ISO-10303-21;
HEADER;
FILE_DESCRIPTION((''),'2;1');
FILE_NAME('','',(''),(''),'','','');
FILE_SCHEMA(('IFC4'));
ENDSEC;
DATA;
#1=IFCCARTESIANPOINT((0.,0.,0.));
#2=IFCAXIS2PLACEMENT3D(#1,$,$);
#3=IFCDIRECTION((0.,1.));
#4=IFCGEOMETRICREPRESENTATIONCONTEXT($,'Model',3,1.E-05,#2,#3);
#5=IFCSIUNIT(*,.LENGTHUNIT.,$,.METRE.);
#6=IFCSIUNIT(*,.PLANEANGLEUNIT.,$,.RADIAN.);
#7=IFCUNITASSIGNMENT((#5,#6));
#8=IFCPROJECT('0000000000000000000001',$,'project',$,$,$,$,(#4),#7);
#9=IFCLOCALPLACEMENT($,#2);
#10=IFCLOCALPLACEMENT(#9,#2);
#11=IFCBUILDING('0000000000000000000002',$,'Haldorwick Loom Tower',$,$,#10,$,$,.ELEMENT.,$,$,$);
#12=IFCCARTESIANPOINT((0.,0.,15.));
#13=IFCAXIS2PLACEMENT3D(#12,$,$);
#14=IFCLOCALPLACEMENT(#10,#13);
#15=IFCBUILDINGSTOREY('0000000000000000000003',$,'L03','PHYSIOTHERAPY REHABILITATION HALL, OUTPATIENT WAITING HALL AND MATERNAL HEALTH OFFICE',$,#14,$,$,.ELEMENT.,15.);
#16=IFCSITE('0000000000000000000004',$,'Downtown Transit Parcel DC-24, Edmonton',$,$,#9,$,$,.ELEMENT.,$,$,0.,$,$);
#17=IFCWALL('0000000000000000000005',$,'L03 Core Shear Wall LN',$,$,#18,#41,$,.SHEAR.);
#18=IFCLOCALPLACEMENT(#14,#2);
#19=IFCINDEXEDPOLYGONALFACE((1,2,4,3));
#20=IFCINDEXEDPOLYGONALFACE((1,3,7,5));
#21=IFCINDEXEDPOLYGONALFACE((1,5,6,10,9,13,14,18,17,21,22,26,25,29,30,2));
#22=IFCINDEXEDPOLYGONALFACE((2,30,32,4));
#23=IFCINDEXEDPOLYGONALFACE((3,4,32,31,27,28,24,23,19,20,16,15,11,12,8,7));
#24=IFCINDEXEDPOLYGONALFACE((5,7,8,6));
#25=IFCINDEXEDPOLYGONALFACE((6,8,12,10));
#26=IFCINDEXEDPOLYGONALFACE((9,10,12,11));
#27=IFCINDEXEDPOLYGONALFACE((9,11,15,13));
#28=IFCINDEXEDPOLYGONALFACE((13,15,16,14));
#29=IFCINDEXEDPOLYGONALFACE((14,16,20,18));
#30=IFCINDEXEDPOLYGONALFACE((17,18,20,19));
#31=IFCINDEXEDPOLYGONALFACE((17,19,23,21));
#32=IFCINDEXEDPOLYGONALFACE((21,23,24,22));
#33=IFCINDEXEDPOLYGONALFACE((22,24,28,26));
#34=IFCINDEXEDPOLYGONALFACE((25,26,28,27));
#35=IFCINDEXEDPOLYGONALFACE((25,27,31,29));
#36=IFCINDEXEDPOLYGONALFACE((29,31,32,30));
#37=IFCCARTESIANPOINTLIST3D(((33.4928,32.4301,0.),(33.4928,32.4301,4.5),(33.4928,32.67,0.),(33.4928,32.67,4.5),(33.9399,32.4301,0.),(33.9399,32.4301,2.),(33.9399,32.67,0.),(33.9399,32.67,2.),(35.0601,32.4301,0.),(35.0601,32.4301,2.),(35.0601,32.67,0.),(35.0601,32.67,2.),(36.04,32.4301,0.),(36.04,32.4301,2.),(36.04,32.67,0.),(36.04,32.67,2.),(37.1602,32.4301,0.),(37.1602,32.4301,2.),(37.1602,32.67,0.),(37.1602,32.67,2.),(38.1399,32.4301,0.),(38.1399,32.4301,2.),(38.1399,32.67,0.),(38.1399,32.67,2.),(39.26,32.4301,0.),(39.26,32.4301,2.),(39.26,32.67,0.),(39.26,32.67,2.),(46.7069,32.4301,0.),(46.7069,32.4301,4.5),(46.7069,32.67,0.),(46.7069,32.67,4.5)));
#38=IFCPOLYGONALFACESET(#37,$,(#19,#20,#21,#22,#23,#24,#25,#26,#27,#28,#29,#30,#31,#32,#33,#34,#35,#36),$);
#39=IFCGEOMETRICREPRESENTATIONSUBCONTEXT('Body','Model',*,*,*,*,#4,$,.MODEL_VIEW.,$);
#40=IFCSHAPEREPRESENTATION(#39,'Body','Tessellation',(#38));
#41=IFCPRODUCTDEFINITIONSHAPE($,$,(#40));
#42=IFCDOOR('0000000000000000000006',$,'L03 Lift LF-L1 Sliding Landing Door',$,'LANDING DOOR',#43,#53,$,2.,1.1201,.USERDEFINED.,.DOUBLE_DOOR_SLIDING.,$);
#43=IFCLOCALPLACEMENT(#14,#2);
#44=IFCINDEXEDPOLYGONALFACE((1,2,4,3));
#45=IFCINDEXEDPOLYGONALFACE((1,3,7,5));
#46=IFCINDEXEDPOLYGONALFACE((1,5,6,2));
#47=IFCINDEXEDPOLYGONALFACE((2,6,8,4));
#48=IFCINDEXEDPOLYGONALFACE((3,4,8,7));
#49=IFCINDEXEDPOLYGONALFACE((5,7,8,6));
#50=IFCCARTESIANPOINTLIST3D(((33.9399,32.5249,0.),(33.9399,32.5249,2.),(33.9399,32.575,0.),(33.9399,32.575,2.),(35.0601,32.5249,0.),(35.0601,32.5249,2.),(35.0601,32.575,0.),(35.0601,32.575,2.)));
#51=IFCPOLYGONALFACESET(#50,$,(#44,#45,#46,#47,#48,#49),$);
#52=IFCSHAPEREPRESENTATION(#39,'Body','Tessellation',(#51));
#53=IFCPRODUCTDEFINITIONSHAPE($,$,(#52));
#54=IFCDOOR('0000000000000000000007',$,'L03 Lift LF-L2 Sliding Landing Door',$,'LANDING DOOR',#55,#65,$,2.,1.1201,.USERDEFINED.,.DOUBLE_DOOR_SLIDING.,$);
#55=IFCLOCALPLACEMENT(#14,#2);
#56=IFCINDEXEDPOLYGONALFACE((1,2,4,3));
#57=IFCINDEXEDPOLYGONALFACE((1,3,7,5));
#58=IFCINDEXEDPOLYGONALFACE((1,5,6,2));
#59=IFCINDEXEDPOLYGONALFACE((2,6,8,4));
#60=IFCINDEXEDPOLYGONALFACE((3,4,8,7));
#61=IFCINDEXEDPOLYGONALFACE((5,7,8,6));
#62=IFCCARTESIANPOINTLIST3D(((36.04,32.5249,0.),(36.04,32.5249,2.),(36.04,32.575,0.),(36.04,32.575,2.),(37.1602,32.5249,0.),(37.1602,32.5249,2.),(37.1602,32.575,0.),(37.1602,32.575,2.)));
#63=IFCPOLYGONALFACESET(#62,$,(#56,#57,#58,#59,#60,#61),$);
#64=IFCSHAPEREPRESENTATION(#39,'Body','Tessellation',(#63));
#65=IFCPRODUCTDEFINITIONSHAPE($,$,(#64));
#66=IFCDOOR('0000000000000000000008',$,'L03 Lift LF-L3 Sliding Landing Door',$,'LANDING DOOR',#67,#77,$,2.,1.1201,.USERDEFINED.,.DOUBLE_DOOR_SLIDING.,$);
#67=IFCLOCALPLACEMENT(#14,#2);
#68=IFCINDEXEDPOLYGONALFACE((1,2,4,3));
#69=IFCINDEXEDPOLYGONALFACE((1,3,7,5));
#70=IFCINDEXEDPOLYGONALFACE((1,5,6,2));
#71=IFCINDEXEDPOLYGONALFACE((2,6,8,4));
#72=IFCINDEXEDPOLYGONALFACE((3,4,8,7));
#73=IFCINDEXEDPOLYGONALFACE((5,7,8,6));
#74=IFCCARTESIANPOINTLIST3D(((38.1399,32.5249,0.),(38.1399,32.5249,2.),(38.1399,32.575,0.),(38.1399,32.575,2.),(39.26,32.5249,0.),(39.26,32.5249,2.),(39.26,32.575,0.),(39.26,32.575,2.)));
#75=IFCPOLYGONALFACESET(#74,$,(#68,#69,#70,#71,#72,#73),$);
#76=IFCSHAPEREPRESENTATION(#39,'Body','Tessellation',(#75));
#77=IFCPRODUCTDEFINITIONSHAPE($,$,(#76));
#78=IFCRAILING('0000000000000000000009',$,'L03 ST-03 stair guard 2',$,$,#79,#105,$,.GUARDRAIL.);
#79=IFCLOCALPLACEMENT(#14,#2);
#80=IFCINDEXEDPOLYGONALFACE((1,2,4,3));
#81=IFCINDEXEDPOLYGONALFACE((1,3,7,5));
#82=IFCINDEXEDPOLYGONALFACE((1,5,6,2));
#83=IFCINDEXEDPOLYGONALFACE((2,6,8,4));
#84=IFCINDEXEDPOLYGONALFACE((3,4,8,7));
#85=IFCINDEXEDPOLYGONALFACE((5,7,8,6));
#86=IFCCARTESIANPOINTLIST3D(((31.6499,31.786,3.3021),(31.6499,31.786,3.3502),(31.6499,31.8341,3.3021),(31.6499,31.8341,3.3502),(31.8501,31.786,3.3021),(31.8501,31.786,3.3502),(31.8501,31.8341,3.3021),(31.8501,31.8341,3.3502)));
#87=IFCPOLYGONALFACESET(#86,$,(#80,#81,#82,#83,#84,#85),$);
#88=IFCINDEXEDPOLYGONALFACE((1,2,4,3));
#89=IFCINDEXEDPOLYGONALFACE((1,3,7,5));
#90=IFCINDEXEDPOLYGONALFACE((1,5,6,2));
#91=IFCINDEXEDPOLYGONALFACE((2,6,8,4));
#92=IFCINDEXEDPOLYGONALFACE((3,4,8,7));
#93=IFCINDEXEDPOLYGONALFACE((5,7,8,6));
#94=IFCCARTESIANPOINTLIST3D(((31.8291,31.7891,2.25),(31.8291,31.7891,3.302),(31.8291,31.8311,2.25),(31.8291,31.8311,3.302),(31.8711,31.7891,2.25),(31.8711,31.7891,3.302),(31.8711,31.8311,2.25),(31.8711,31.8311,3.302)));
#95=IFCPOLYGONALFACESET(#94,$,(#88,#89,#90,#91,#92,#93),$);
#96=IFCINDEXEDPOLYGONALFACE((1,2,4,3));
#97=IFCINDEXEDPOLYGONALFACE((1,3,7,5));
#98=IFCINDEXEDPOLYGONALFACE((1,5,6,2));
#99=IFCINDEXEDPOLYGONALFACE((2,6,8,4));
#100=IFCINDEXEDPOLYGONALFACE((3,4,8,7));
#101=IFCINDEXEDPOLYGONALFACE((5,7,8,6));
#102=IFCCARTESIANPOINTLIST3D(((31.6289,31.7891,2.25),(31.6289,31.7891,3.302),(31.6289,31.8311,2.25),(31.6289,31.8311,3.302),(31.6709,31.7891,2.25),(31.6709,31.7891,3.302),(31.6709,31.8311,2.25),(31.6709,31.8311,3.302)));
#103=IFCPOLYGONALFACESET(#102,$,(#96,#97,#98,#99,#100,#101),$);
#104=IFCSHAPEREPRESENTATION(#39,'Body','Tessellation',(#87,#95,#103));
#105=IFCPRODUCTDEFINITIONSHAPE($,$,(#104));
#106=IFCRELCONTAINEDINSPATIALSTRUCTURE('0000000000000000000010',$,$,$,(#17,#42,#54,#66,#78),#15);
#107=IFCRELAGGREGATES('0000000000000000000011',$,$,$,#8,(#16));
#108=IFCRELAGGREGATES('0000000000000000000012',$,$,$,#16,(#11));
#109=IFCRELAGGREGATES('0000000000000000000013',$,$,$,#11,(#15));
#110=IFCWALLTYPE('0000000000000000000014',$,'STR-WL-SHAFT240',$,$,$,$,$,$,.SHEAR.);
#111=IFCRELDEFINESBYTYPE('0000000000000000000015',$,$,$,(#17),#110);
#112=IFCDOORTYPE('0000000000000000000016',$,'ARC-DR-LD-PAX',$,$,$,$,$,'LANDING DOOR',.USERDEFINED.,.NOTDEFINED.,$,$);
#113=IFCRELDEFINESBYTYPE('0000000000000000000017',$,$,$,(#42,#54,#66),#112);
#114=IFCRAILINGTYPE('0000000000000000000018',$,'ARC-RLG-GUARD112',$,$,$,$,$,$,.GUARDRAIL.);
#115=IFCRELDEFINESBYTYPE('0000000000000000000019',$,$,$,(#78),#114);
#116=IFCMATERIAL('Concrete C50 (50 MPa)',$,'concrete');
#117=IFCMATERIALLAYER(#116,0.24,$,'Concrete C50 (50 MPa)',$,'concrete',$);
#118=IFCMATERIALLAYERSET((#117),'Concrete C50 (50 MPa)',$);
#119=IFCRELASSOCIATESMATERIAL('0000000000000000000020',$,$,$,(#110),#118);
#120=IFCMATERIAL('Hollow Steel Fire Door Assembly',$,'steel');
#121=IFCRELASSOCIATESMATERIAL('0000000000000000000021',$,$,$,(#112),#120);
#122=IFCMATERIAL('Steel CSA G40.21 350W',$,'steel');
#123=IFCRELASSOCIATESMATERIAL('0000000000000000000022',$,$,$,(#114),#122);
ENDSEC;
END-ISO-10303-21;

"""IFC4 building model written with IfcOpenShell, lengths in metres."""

from ifc_helpers import new_model, si_unit, direction, frame, frame_2d, origin, origin_2d, place, context, subcontext, project, spatial, rectangle, extrude, material, layer, layer_set, type_object, element, fill, save


model = new_model("IFC4")

# Units and contexts
model_context = context("Model", 3, precision=1e-05, world=origin(), true_north=direction((0.0, 1.0)))
body_context = subcontext(model_context, "Body", "Model", "MODEL_VIEW")
ifc_project = project(units=[si_unit("LENGTHUNIT", "METRE"), si_unit("PLANEANGLEUNIT", "RADIAN")], contexts=[model_context])

# Site, building, storey
site_placement = place(None, origin())
site = spatial("IfcSite", under=ifc_project, at=site_placement, Name="Downtown Transit Parcel DC-24, Edmonton", CompositionType="ELEMENT", RefElevation=0.0)
building_placement = place(site_placement, origin())
building = spatial("IfcBuilding", under=site, at=building_placement, Name="Haldorwick Loom Tower", CompositionType="ELEMENT")
storey_placement = place(building_placement, frame((0.0, 0.0, 15.0)))
storey = spatial("IfcBuildingStorey", under=building, at=storey_placement, Name="L03", Description="PHYSIOTHERAPY REHABILITATION HALL, OUTPATIENT WAITING HALL AND MATERNAL HEALTH OFFICE", CompositionType="ELEMENT", Elevation=15.0)

# Shared definitions
ifc_material_1 = material(Name="Steel CSA G40.21 350W", Category="steel")

# Shared definitions
ifc_material_2 = material(Name="Concrete C50 (50 MPa)", Category="concrete")
ifc_layer_1 = layer(ifc_material_2, 0.24, Name="Concrete C50 (50 MPa)", Category="concrete")
ifc_layer_set_1 = layer_set([ifc_layer_1], Name="Concrete C50 (50 MPa)")
wall_type_1 = type_object("IfcWallType", Name="STR-WL-SHAFT240", PredefinedType="SHEAR", material=ifc_layer_set_1)

# Wall, openings, doors
wall_1_placement = place(storey_placement, frame((33.4929, 32.55, 0.0), z_axis=(0.0, 0.0, 1.0), x_axis=(1.0, 0.0, 0.0)))
wall_1 = element("IfcWall", 1, at=wall_1_placement, inside=storey, type_object=wall_type_1, Name="L03 Core Shear Wall LN", PredefinedType="SHEAR", context=body_context, shape_type="SweptSolid", body=[
    extrude(rectangle(XDim=13.2141, YDim=0.24, at=frame_2d((6.6069, 0.0))), origin(), (0.0, 0.0, 1.0), 4.5),
])
opening_1_placement = place(wall_1_placement, frame((0.447, 0.0, 0.0)))
opening_1 = element("IfcOpeningElement", 2, at=opening_1_placement, cuts=wall_1, PredefinedType="OPENING", context=body_context, shape_type="SweptSolid", body=[
    extrude(rectangle(XDim=1.1201, YDim=2.0, at=frame_2d((0.5601, 1.0))), frame((0.0, 0.1299, 0.0), z_axis=(0.0, -1.0, 0.0), x_axis=(1.0, 0.0, 0.0)), (0.0, 0.0, 1.0), 0.26),
])
opening_2_placement = place(wall_1_placement, frame((2.5471, 0.0, 0.0)))
opening_2 = element("IfcOpeningElement", 3, at=opening_2_placement, cuts=wall_1, PredefinedType="OPENING", context=body_context, shape_type="SweptSolid", body=[
    extrude(rectangle(XDim=1.1201, YDim=2.0, at=frame_2d((0.5601, 1.0))), frame((0.0, 0.1299, 0.0), z_axis=(0.0, -1.0, 0.0), x_axis=(1.0, 0.0, 0.0)), (0.0, 0.0, 1.0), 0.26),
])
opening_3_placement = place(wall_1_placement, frame((4.647, 0.0, 0.0)))
opening_3 = element("IfcOpeningElement", 4, at=opening_3_placement, cuts=wall_1, PredefinedType="OPENING", context=body_context, shape_type="SweptSolid", body=[
    extrude(rectangle(XDim=1.1201, YDim=2.0, at=frame_2d((0.5601, 1.0))), frame((0.0, 0.1299, 0.0), z_axis=(0.0, -1.0, 0.0), x_axis=(1.0, 0.0, 0.0)), (0.0, 0.0, 1.0), 0.26),
])
ifc_material_3 = material(Name="Hollow Steel Fire Door Assembly", Category="steel")
door_type = type_object("IfcDoorType", Name="ARC-DR-LD-PAX", ElementType="LANDING DOOR", OperationType="NOTDEFINED", PredefinedType="USERDEFINED", material=ifc_material_3)
door_1_placement = place(opening_1_placement, origin())
door_1 = element("IfcDoor", 5, at=door_1_placement, inside=storey, type_object=door_type, Name="L03 Lift LF-L1 Sliding Landing Door", ObjectType="LANDING DOOR", OperationType="DOUBLE_DOOR_SLIDING", OverallHeight=2.0, OverallWidth=1.1201, PredefinedType="USERDEFINED", context=body_context, shape_type="SweptSolid", body=[
    extrude(rectangle(XDim=1.1201, YDim=2.0, at=frame_2d((0.5601, 1.0))), frame((0.0, 0.0249, 0.0), z_axis=(0.0, -1.0, 0.0), x_axis=(1.0, 0.0, 0.0)), (0.0, 0.0, 1.0), 0.05),
])
fill(opening_1, door_1)
door_2_placement = place(opening_2_placement, origin())
door_2 = element("IfcDoor", 6, at=door_2_placement, inside=storey, type_object=door_type, Name="L03 Lift LF-L2 Sliding Landing Door", ObjectType="LANDING DOOR", OperationType="DOUBLE_DOOR_SLIDING", OverallHeight=2.0, OverallWidth=1.1201, PredefinedType="USERDEFINED", context=body_context, shape_type="SweptSolid", body=[
    extrude(rectangle(XDim=1.1201, YDim=2.0, at=frame_2d((0.5601, 1.0))), frame((0.0, 0.0249, 0.0), z_axis=(0.0, -1.0, 0.0), x_axis=(1.0, 0.0, 0.0)), (0.0, 0.0, 1.0), 0.05),
])
fill(opening_2, door_2)
door_3_placement = place(opening_3_placement, origin())
door_3 = element("IfcDoor", 7, at=door_3_placement, inside=storey, type_object=door_type, Name="L03 Lift LF-L3 Sliding Landing Door", ObjectType="LANDING DOOR", OperationType="DOUBLE_DOOR_SLIDING", OverallHeight=2.0, OverallWidth=1.1201, PredefinedType="USERDEFINED", context=body_context, shape_type="SweptSolid", body=[
    extrude(rectangle(XDim=1.1201, YDim=2.0, at=frame_2d((0.5601, 1.0))), frame((0.0, 0.0249, 0.0), z_axis=(0.0, -1.0, 0.0), x_axis=(1.0, 0.0, 0.0)), (0.0, 0.0, 1.0), 0.05),
])
fill(opening_3, door_3)

# Railing
railing_type = type_object("IfcRailingType", Name="ARC-RLG-GUARD112", PredefinedType="GUARDRAIL", material=ifc_material_1)
railing_placement = place(storey_placement, frame((31.8501, 31.8101, 2.25)))
element("IfcRailing", 8, at=railing_placement, inside=storey, type_object=railing_type, Name="L03 ST-03 stair guard 2", PredefinedType="GUARDRAIL", context=body_context, shape_type="SweptSolid", body=[
    extrude(rectangle(XDim=0.0481, YDim=0.0481, at=origin_2d()), frame((0.0, 0.0, 1.0762), z_axis=(-1.0, 0.0, 0.0), x_axis=(0.0, -1.0, 0.0)), (0.0, 0.0, 1.0), 0.2002),
    extrude(rectangle(XDim=0.042, YDim=0.042, at=origin_2d()), origin(), (0.0, 0.0, 1.0), 1.052),
    extrude(rectangle(XDim=0.042, YDim=0.042, at=origin_2d()), frame((-0.2002, 0.0, 0.0)), (0.0, 0.0, 1.0), 1.052),
])

save(model, "model.ifc")
